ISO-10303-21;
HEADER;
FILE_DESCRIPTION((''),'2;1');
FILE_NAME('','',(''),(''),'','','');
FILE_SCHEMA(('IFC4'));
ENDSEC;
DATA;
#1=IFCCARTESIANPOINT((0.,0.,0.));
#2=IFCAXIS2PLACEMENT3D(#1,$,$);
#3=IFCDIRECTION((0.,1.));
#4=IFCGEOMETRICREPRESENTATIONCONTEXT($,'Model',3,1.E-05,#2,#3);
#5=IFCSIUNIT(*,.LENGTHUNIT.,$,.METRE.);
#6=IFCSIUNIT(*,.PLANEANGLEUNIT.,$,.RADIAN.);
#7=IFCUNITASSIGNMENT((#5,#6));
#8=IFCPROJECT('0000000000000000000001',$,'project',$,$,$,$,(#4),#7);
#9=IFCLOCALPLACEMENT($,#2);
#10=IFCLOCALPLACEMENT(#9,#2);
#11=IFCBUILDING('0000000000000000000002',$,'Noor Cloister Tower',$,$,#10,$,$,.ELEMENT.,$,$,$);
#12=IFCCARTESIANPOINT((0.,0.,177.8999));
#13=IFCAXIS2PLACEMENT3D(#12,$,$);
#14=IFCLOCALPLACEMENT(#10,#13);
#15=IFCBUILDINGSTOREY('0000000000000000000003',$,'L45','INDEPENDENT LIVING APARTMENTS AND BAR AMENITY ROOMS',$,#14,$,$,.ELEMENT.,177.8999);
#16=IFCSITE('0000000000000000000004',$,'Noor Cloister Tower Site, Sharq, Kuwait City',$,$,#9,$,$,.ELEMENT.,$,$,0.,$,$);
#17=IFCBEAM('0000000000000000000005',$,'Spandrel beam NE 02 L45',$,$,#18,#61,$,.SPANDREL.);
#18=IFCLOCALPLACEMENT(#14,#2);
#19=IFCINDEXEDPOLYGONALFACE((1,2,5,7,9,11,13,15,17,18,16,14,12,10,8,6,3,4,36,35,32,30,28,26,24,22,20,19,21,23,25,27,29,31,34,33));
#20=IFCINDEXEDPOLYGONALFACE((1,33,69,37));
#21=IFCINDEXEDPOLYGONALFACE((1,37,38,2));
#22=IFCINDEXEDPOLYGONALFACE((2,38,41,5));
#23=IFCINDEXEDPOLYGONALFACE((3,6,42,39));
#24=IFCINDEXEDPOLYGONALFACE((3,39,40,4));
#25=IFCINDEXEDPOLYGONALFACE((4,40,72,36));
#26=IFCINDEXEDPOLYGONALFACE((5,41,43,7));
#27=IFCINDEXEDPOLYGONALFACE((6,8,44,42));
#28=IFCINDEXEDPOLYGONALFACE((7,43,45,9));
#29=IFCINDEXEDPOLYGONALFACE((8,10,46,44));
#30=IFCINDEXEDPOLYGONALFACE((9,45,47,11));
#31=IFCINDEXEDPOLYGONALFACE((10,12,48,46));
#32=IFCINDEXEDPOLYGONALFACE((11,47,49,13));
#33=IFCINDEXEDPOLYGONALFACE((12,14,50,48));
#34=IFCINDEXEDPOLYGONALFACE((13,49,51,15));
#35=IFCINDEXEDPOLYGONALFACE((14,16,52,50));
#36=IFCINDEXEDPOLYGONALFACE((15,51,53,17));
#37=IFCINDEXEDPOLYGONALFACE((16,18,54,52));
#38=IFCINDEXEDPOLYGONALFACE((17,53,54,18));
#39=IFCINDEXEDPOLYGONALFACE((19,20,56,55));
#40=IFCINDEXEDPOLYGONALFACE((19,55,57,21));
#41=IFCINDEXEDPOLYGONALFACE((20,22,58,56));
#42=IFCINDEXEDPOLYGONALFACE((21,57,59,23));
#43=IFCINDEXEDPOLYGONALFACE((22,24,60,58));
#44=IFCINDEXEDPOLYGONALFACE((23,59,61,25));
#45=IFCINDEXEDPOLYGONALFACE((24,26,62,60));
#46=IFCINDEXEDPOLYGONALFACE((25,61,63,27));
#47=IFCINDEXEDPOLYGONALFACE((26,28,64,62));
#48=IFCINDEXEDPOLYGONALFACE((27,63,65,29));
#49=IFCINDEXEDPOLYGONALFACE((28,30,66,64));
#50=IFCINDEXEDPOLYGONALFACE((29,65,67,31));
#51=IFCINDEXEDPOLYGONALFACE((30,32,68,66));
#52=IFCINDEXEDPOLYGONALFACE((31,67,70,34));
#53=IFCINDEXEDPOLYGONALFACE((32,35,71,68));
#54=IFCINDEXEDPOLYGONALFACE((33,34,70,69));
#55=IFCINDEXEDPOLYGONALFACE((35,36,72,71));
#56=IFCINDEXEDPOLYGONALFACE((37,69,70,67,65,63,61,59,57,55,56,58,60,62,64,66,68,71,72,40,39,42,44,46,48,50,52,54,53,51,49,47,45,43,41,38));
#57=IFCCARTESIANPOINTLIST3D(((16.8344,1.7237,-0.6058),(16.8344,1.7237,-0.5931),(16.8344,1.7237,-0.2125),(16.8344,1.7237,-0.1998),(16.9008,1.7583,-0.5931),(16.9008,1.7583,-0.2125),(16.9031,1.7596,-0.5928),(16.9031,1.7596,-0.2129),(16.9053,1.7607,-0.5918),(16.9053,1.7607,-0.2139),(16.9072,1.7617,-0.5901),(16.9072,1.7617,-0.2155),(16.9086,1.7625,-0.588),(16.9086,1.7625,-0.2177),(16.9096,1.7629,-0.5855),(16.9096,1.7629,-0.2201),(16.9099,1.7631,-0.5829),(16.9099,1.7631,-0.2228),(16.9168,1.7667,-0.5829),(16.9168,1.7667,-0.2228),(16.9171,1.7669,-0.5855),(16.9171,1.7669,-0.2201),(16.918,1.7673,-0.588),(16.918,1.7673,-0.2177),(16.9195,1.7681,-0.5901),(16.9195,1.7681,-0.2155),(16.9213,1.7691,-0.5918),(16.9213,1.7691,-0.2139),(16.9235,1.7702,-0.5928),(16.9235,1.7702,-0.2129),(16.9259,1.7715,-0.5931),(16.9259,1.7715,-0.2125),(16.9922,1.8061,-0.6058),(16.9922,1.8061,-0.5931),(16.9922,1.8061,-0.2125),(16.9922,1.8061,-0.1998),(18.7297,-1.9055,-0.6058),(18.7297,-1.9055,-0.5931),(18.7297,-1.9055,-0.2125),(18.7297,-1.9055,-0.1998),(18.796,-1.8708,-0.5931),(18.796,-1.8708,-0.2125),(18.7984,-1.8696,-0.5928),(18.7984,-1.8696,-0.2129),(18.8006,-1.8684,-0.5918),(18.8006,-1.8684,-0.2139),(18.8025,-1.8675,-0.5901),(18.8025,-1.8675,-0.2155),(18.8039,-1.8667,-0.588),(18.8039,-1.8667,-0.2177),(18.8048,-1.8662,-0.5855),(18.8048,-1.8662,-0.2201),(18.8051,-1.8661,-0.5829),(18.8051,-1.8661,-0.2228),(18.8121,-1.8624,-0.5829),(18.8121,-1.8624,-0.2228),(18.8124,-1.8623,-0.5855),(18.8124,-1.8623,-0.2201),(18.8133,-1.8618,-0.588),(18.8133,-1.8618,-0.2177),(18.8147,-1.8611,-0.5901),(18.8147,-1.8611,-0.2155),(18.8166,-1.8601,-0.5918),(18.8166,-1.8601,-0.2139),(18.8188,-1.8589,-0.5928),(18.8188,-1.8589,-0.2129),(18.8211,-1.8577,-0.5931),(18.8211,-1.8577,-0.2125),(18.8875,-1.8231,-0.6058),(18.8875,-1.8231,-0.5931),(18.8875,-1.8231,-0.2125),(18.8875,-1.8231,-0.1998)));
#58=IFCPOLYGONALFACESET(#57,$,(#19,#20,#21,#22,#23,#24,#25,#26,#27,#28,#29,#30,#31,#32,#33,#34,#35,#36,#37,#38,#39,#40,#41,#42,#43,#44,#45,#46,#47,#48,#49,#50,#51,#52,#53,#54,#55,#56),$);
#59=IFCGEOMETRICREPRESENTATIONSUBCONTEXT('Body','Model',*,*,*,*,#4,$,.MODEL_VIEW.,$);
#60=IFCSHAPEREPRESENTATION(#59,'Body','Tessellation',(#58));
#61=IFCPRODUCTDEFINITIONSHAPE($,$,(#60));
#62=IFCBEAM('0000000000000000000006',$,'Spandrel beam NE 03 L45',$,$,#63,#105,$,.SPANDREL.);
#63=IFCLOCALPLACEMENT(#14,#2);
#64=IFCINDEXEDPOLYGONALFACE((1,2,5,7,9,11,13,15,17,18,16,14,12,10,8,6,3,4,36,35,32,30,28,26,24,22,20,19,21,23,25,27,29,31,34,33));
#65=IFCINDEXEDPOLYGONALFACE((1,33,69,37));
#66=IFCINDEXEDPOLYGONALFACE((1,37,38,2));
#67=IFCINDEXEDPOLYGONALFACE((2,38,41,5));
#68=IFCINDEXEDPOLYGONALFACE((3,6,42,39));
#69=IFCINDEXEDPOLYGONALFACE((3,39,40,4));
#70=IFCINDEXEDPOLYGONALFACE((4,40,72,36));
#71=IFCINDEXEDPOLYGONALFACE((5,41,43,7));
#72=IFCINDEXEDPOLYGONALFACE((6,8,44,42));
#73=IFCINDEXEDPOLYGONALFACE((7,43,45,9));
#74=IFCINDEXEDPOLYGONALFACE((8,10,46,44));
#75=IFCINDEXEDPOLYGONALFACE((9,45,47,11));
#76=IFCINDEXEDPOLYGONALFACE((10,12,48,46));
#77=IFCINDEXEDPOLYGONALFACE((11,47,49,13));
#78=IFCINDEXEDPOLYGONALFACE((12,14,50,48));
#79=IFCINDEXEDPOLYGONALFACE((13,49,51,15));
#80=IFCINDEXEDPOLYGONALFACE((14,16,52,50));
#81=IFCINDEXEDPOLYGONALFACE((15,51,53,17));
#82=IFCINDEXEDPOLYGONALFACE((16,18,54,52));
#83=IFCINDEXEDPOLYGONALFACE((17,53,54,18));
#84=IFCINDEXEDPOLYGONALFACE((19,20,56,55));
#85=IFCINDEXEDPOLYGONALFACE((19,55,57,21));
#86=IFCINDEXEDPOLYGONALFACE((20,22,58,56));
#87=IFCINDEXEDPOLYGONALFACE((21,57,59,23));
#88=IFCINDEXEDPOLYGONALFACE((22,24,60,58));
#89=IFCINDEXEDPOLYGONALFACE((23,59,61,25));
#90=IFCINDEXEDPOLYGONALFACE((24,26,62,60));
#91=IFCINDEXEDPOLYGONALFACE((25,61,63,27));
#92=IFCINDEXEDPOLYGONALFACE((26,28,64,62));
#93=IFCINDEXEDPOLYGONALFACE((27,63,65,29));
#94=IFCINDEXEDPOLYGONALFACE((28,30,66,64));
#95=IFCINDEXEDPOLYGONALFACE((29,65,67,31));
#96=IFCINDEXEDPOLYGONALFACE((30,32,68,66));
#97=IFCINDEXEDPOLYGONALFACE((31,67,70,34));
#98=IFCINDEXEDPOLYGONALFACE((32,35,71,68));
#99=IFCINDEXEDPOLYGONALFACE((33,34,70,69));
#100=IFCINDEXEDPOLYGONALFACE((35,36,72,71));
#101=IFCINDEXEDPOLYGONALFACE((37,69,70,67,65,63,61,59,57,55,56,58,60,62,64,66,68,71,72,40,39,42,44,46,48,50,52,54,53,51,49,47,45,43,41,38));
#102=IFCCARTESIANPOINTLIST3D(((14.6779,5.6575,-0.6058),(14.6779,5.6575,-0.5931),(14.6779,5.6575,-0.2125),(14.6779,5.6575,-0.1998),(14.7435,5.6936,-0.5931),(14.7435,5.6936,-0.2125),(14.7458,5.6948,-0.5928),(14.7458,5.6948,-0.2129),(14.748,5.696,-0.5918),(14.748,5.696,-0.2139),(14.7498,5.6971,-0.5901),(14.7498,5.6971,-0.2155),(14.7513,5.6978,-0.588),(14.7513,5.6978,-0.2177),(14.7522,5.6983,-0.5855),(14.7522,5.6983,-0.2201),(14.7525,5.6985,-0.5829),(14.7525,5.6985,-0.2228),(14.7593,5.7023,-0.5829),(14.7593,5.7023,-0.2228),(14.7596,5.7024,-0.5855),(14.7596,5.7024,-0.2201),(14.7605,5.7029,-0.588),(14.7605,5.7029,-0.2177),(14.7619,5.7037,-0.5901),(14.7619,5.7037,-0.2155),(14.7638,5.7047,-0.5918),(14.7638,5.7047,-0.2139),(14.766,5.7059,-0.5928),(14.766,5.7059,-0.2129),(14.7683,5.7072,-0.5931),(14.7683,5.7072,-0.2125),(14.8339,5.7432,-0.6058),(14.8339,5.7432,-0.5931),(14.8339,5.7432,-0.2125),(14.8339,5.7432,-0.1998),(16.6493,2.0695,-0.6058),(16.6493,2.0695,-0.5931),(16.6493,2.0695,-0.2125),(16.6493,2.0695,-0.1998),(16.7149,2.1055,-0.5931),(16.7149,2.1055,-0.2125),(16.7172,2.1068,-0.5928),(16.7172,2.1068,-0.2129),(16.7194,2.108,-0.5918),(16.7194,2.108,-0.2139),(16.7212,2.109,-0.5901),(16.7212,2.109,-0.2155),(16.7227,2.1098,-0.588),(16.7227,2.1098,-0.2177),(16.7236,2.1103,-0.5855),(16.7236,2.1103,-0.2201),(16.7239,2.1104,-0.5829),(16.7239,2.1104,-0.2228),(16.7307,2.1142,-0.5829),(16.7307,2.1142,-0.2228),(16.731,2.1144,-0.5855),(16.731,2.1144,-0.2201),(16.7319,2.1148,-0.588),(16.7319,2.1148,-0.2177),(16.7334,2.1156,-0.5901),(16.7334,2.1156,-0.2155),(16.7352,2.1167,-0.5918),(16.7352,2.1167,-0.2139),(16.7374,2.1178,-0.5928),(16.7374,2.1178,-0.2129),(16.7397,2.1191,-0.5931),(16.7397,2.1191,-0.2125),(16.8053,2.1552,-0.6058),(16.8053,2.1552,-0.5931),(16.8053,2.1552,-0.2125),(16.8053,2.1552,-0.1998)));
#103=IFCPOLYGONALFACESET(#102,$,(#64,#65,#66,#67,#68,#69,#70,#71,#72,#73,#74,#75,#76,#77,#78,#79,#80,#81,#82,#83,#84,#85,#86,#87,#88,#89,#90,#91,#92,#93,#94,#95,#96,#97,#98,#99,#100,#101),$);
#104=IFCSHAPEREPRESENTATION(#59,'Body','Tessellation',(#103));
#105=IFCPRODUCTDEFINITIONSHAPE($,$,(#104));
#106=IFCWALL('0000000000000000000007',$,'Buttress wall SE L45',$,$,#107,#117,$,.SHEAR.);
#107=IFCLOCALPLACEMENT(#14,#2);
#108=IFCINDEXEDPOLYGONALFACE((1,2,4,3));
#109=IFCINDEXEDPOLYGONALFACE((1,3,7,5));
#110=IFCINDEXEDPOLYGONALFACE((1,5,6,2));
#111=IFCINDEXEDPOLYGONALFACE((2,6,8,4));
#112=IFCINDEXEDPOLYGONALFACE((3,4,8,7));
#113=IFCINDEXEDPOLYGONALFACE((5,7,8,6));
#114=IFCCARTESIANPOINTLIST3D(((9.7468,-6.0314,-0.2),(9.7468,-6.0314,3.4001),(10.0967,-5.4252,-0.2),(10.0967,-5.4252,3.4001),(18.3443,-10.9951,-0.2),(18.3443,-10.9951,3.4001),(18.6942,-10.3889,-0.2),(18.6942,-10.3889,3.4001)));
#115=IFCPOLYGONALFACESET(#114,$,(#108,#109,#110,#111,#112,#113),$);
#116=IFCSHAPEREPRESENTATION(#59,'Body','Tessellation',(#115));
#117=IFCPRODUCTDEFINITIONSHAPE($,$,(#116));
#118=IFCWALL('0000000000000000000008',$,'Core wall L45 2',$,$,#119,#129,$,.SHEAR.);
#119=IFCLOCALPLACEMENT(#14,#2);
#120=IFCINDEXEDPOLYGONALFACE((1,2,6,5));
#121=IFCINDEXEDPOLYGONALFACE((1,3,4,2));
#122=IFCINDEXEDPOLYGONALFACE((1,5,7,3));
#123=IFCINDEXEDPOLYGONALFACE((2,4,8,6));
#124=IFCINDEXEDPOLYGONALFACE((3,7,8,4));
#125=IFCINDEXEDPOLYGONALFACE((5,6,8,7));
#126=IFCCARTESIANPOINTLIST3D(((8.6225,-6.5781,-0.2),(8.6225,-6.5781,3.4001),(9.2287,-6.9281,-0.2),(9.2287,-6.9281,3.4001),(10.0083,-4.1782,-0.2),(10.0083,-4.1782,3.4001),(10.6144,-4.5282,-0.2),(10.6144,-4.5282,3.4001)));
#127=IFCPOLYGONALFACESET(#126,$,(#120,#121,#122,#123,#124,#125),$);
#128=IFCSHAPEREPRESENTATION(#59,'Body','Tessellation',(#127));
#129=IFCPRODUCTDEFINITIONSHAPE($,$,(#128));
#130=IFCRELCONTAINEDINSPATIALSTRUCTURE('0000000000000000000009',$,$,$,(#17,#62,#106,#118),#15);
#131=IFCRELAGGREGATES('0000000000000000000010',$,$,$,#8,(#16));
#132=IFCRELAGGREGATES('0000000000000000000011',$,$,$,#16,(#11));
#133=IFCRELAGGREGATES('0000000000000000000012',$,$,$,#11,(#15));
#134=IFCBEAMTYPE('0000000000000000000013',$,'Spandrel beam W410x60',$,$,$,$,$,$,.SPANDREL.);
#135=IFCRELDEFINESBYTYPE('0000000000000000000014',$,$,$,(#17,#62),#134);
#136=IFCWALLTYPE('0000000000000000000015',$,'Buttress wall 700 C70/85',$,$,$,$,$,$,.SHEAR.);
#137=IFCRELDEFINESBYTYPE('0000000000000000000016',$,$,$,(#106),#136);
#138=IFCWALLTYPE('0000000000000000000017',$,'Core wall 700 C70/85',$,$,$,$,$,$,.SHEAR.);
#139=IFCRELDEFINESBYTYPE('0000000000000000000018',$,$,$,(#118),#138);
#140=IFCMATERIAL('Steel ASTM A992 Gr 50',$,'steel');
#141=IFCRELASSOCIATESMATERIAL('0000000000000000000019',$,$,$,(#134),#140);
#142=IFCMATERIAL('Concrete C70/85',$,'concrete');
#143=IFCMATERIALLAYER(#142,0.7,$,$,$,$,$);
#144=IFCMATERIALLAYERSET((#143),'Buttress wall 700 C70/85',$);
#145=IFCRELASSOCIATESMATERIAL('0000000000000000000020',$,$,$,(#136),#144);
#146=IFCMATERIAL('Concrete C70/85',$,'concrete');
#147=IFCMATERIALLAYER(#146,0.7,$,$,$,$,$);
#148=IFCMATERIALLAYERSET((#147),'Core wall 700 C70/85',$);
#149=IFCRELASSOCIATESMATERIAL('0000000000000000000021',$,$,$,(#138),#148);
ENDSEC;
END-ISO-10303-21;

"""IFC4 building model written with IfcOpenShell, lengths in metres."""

from ifc_helpers import new_model, si_unit, direction, frame, frame_2d, origin, origin_2d, place, context, subcontext, project, spatial, rectangle, i_section, extrude, material, layer, layer_set, material_profile, profile_set, type_object, element, save


model = new_model("IFC4")

# Units and contexts
model_context = context("Model", 3, precision=1e-05, world=origin(), true_north=direction((0.0, 1.0)))
body_context = subcontext(model_context, "Body", "Model", "MODEL_VIEW")
ifc_project = project(units=[si_unit("LENGTHUNIT", "METRE"), si_unit("PLANEANGLEUNIT", "RADIAN")], contexts=[model_context])

# Site, building, storey
site_placement = place(None, origin())
site = spatial("IfcSite", under=ifc_project, at=site_placement, Name="Noor Cloister Tower Site, Sharq, Kuwait City", CompositionType="ELEMENT", RefElevation=0.0)
building_placement = place(site_placement, origin())
building = spatial("IfcBuilding", under=site, at=building_placement, Name="Noor Cloister Tower", CompositionType="ELEMENT")
storey_placement = place(building_placement, frame((0.0, 0.0, 177.8999)))
storey = spatial("IfcBuildingStorey", under=building, at=storey_placement, Name="L45", Description="INDEPENDENT LIVING APARTMENTS AND BAR AMENITY ROOMS", CompositionType="ELEMENT", Elevation=177.8999)

# Beams
ifc_material_1 = material(Name="Steel ASTM A992 Gr 50", Category="steel")
ifc_material_profile_1 = material_profile(ifc_material_1, i_section(OverallWidth=0.178, OverallDepth=0.406, WebThickness=0.0078, FlangeThickness=0.0127, FilletRadius=0.0103, at=origin_2d()), Name="W410x60")
ifc_profile_set_1 = profile_set([ifc_material_profile_1], Name="Steel ASTM A992 Gr 50")
beam_type_1 = type_object("IfcBeamType", Name="Spandrel beam W410x60", PredefinedType="SPANDREL", material=ifc_profile_set_1)
beam_1_placement = place(storey_placement, frame((18.8086, -1.8643, -0.4028), z_axis=(-0.46291, 0.886405, 0.0), x_axis=(-0.886405, -0.46291, 0.0)))
element("IfcBeam", 1, at=beam_1_placement, inside=storey, type_object=beam_type_1, Name="Spandrel beam NE 02 L45", PredefinedType="SPANDREL", context=body_context, shape_type="SweptSolid", body=[
    extrude(i_section(OverallWidth=0.178, OverallDepth=0.406, WebThickness=0.0078, FlangeThickness=0.0127, FilletRadius=0.0103, at=origin_2d()), origin(), (0.0, 0.0, 1.0), 4.0942),
])
beam_2_placement = place(storey_placement, frame((16.7273, 2.1123, -0.4028), z_axis=(-0.481536, 0.876426, 0.0), x_axis=(-0.876426, -0.481536, 0.0)))
element("IfcBeam", 2, at=beam_2_placement, inside=storey, type_object=beam_type_1, Name="Spandrel beam NE 03 L45", PredefinedType="SPANDREL", context=body_context, shape_type="SweptSolid", body=[
    extrude(i_section(OverallWidth=0.178, OverallDepth=0.406, WebThickness=0.0078, FlangeThickness=0.0127, FilletRadius=0.0103, at=origin_2d()), origin(), (0.0, 0.0, 1.0), 4.094),
])

# Walls
ifc_material_2 = material(Name="Concrete C70/85", Category="concrete")
ifc_layer_1 = layer(ifc_material_2, 0.7)
ifc_layer_set_1 = layer_set([ifc_layer_1], Name="Buttress wall 700 C70/85")
wall_type_1 = type_object("IfcWallType", Name="Buttress wall 700 C70/85", PredefinedType="SHEAR", material=ifc_layer_set_1)
wall_1_placement = place(storey_placement, frame((9.9216, -5.7283, -0.2), z_axis=(0.0, 0.0, 1.0), x_axis=(0.86603, -0.499993, 0.0)))
element("IfcWall", 3, at=wall_1_placement, inside=storey, type_object=wall_type_1, Name="Buttress wall SE L45", PredefinedType="SHEAR", context=body_context, shape_type="SweptSolid", body=[
    extrude(rectangle(XDim=9.9275, YDim=0.7, at=frame_2d((4.9639, 0.0))), origin(), (0.0, 0.0, 1.0), 3.6001),
])
ifc_material_3 = material(Name="Concrete C70/85", Category="concrete")
ifc_layer_2 = layer(ifc_material_3, 0.7)
ifc_layer_set_2 = layer_set([ifc_layer_2], Name="Core wall 700 C70/85")
wall_type_2 = type_object("IfcWallType", Name="Core wall 700 C70/85", PredefinedType="SHEAR", material=ifc_layer_set_2)
wall_2_placement = place(storey_placement, frame((8.9255, -6.7532, -0.2), z_axis=(0.0, 0.0, 1.0), x_axis=(0.500043, 0.866001, 0.0)))
element("IfcWall", 4, at=wall_2_placement, inside=storey, type_object=wall_type_2, Name="Core wall L45 2", PredefinedType="SHEAR", context=body_context, shape_type="SweptSolid", body=[
    extrude(rectangle(XDim=2.7712, YDim=0.7, at=frame_2d((1.3857, 0.0))), origin(), (0.0, 0.0, 1.0), 3.6001),
])

save(model, "model.ifc")
